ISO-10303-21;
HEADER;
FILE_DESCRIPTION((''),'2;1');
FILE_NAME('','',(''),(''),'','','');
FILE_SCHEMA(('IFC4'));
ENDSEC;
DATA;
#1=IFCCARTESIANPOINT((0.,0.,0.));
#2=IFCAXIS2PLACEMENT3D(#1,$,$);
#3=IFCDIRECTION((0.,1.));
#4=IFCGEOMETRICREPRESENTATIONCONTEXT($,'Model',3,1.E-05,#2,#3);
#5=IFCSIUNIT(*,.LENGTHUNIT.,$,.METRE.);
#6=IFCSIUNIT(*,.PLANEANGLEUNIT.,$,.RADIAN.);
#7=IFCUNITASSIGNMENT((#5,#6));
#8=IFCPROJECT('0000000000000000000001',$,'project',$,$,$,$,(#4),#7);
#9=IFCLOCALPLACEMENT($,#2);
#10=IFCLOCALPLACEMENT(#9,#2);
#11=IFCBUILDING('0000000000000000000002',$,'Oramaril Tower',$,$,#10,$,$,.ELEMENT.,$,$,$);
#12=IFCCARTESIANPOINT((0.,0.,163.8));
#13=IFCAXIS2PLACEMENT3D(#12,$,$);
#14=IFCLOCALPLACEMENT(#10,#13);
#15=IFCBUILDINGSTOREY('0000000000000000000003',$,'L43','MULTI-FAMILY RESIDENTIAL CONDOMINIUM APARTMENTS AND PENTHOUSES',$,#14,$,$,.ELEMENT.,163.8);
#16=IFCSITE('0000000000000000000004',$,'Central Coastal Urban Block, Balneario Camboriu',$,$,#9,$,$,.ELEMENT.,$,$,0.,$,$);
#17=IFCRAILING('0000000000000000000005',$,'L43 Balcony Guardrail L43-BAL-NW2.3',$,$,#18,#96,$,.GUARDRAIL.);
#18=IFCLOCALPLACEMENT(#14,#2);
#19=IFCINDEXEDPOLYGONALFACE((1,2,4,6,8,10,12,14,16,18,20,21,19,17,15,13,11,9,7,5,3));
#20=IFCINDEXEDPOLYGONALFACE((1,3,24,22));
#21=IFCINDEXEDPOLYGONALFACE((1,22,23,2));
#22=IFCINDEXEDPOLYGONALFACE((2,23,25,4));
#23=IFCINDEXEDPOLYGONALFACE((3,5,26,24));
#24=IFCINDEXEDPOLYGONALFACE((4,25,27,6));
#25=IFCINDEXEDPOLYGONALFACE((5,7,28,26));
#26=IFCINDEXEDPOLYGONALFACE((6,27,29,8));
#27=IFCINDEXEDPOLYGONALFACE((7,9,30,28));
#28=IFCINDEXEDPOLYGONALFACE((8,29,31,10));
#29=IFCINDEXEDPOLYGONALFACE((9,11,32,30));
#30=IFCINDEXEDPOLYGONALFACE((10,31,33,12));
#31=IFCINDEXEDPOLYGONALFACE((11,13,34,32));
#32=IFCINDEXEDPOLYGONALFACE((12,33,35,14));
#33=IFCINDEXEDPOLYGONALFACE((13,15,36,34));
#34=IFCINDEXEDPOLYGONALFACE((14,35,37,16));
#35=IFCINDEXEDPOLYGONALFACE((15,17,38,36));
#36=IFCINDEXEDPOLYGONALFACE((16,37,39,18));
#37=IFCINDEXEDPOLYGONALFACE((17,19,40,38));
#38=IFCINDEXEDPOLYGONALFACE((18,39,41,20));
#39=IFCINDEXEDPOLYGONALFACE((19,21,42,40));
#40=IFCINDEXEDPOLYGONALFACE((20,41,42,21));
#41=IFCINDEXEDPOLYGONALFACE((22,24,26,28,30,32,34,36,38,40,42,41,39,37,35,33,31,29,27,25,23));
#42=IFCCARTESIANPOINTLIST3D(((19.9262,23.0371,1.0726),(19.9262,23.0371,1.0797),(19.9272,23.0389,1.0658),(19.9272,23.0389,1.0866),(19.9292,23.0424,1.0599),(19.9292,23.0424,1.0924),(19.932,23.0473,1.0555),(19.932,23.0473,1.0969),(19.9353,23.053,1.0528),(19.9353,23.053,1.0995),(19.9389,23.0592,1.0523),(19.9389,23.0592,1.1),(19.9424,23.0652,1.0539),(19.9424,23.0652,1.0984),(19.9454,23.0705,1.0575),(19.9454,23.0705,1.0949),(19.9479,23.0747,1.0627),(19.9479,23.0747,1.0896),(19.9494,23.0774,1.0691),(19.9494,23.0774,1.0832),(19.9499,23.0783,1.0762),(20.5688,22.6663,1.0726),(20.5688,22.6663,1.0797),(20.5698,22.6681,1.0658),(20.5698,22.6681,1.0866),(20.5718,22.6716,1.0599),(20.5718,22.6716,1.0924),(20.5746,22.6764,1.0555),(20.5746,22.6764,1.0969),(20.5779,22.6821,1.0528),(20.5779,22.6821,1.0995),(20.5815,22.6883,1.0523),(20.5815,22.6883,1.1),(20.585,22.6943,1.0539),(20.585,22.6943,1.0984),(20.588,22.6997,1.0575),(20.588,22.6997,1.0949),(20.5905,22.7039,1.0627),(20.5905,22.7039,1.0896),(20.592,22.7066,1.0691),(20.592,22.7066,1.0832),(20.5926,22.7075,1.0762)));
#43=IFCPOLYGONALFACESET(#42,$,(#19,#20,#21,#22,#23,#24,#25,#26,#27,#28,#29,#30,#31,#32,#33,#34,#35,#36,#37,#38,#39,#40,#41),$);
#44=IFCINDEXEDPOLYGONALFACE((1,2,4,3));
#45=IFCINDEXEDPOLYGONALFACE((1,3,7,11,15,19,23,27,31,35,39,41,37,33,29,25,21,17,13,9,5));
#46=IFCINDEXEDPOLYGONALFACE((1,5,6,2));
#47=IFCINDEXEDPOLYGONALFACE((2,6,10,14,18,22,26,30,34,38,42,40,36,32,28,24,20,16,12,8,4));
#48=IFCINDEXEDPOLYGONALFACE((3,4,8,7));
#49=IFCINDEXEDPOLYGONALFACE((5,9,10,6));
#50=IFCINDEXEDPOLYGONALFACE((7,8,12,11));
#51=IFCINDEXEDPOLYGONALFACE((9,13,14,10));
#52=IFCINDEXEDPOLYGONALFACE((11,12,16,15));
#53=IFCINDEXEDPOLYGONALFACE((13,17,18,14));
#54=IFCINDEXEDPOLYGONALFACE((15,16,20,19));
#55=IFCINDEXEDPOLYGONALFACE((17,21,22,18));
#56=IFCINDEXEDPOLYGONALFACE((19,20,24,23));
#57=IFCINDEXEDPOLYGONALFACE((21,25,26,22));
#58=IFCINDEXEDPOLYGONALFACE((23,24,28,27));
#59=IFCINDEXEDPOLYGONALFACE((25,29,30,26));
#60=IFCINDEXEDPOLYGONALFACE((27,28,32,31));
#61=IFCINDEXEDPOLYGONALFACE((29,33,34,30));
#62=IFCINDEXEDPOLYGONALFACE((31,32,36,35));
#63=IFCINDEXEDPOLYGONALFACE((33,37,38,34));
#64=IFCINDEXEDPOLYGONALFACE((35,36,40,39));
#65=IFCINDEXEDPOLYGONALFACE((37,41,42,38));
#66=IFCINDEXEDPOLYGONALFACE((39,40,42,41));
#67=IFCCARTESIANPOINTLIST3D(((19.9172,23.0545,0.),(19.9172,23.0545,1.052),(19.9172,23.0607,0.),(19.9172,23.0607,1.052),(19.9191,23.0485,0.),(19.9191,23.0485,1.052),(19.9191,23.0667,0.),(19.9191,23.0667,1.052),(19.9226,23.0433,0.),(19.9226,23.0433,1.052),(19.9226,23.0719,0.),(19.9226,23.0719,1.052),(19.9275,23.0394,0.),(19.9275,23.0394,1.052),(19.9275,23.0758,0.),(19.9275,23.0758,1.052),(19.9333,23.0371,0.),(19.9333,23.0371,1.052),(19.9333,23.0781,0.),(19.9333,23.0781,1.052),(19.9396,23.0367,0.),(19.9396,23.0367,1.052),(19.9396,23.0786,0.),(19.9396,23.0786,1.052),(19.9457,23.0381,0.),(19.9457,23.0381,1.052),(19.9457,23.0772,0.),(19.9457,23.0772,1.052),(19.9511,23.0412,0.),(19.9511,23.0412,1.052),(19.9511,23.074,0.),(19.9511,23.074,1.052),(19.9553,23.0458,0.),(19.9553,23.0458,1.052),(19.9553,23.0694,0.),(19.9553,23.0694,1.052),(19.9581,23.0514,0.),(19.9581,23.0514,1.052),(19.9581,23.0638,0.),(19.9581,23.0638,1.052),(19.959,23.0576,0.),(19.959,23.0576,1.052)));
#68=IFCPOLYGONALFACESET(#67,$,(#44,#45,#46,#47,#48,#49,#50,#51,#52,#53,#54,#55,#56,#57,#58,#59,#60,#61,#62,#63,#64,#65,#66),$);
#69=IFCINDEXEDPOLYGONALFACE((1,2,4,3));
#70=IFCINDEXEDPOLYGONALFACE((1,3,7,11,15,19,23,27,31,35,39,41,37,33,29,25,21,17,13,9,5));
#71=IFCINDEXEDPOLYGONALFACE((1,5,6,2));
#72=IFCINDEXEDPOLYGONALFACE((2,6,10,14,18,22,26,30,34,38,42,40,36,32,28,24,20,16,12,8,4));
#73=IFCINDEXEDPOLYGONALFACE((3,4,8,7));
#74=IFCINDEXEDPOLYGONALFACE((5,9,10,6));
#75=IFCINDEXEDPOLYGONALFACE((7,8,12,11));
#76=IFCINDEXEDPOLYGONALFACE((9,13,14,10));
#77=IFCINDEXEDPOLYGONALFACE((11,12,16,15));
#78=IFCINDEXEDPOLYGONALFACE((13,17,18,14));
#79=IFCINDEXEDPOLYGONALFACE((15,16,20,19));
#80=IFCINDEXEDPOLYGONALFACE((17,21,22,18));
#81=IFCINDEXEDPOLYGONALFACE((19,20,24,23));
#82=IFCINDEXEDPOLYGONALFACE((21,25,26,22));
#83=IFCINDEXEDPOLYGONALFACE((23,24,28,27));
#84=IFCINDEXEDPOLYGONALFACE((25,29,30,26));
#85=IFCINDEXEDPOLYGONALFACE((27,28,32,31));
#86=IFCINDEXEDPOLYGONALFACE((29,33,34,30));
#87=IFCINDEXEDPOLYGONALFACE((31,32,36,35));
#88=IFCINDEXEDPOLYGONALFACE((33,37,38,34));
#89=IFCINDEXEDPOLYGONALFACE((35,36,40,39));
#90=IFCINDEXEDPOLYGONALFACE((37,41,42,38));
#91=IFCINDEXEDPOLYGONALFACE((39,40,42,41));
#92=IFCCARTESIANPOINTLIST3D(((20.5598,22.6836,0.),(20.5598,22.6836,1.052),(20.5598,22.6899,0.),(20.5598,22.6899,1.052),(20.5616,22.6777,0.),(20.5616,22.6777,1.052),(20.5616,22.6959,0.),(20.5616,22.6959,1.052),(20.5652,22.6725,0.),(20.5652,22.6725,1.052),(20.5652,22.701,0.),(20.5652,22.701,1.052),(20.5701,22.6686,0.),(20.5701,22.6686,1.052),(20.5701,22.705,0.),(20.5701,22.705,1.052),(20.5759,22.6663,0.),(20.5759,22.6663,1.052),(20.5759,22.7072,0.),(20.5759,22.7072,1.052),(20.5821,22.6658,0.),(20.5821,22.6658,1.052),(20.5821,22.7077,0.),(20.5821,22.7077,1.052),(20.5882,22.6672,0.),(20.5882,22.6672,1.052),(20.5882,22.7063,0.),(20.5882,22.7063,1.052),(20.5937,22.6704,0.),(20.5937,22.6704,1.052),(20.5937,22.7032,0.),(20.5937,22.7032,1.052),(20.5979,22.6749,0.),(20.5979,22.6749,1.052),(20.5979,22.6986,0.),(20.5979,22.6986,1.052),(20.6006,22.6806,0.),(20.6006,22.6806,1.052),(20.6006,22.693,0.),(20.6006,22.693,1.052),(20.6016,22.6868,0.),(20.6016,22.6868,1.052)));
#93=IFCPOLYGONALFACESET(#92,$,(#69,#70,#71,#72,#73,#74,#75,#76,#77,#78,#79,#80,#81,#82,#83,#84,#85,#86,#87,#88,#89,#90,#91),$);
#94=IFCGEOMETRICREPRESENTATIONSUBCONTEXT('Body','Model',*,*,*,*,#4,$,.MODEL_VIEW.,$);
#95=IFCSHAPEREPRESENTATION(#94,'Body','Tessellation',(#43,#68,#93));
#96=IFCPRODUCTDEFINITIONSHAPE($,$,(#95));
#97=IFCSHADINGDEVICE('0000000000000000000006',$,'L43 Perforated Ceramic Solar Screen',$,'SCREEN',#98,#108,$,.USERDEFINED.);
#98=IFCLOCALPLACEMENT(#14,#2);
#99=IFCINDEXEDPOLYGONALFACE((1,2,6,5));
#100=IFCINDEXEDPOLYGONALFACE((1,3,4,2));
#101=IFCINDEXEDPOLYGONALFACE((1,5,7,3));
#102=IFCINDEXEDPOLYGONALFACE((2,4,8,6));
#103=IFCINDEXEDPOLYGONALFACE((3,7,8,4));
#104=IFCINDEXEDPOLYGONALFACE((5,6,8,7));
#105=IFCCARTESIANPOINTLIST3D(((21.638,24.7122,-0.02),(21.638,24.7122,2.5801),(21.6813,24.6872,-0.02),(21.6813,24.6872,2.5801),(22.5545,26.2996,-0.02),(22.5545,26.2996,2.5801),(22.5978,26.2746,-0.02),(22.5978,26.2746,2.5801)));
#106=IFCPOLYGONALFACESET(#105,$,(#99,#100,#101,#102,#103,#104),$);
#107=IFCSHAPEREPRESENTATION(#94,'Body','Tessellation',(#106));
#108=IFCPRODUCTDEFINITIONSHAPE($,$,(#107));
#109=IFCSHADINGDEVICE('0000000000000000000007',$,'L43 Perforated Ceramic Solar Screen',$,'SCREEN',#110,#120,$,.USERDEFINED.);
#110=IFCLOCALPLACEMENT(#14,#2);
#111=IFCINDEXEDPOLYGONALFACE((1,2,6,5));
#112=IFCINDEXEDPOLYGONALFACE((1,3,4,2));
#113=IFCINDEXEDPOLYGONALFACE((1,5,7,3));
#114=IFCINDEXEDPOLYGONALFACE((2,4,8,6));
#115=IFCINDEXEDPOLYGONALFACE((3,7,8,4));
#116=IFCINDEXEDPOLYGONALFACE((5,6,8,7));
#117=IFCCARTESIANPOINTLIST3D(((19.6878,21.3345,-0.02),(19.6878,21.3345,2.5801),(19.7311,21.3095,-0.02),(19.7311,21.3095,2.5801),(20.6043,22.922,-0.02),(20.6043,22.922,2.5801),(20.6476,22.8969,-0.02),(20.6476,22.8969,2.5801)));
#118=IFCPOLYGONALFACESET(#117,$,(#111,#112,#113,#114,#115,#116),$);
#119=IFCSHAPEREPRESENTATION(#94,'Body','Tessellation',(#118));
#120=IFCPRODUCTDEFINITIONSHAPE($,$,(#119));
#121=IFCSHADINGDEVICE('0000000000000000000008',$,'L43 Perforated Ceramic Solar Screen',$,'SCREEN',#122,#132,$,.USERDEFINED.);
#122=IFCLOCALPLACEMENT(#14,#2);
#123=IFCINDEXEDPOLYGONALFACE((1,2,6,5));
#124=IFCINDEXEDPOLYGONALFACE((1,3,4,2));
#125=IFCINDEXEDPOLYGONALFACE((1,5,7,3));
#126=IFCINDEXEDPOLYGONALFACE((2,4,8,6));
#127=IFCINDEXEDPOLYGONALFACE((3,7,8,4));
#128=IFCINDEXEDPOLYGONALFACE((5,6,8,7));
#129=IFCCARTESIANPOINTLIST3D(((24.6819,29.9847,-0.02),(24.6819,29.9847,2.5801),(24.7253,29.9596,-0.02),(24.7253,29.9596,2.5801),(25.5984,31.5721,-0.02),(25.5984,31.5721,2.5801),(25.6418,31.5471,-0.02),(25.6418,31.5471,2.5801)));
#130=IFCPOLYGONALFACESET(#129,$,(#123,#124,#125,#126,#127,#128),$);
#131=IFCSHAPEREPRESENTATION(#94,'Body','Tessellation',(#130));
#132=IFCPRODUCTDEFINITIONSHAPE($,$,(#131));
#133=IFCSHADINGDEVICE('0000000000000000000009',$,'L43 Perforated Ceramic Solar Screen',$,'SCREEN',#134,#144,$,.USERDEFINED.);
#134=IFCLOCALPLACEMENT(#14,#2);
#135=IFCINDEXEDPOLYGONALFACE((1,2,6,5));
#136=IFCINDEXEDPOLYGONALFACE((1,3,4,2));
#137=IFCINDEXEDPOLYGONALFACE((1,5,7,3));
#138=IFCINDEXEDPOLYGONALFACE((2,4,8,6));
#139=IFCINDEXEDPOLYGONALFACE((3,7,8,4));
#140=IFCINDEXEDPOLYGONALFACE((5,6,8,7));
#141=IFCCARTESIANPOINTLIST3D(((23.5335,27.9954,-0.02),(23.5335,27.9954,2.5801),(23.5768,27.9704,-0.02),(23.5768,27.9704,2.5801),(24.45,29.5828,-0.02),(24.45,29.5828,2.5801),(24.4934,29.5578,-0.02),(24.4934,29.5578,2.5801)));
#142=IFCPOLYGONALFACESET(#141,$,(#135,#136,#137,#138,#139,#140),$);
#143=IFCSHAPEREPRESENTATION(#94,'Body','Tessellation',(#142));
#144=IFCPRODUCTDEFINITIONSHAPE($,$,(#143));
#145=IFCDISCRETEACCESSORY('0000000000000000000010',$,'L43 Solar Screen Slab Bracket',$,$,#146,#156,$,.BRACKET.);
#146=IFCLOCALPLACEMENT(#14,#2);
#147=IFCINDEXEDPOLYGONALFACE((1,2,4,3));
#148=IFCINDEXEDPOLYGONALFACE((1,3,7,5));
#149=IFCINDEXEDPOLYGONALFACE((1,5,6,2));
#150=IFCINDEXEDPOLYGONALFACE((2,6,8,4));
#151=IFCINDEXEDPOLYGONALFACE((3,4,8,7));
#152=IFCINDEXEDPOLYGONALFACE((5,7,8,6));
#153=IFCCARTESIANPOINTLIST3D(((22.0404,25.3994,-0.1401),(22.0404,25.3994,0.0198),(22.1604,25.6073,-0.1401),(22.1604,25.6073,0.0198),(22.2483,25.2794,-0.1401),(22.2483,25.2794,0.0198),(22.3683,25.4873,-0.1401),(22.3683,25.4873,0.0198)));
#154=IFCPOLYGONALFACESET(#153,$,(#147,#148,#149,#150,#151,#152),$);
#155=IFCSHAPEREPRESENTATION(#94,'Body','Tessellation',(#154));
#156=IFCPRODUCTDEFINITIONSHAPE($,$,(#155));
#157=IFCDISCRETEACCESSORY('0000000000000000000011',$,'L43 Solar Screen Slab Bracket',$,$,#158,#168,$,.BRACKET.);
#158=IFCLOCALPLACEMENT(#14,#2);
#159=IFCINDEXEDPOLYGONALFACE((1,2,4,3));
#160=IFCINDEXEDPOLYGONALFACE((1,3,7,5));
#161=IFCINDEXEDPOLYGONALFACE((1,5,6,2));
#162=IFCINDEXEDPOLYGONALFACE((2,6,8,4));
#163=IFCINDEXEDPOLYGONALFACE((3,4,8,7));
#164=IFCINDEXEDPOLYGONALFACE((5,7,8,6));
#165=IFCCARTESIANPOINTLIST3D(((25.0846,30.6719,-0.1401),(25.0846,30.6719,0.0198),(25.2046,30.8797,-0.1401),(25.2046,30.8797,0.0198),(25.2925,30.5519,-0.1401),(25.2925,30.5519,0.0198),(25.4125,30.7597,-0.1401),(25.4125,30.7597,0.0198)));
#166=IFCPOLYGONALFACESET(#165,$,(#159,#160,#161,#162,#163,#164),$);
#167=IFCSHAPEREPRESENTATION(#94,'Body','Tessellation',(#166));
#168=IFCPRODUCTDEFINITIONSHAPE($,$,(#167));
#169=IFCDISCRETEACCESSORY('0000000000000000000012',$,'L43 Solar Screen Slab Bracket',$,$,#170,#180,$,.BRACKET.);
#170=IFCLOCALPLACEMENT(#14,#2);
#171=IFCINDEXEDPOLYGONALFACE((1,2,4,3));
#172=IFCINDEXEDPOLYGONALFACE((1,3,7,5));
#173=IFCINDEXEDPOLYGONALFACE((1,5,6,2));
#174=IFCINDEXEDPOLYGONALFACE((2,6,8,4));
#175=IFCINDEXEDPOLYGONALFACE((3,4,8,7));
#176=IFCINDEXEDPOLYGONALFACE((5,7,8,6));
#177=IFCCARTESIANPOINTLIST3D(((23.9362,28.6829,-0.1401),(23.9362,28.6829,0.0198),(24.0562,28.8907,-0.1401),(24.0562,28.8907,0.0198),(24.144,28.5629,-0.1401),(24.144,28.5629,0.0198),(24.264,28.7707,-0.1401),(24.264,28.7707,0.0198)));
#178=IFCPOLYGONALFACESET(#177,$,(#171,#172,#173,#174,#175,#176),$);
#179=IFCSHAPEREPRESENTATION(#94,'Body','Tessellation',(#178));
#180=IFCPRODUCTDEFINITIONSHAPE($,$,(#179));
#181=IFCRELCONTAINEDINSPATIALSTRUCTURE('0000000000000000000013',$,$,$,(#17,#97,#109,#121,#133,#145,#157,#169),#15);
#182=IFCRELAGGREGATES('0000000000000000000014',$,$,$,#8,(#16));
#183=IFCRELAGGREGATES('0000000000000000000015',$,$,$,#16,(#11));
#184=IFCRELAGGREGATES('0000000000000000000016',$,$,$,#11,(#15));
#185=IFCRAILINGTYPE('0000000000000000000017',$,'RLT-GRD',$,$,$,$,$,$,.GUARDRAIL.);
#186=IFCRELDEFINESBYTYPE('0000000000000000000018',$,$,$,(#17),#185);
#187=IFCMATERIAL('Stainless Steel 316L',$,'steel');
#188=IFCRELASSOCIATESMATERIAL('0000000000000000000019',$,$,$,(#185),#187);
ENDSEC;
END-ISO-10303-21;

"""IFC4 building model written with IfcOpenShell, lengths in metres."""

from ifc_helpers import new_model, si_unit, direction, frame, origin, origin_2d, place, context, subcontext, project, spatial, rectangle, circle, extrude, material, type_object, element, save


model = new_model("IFC4")

# Units and contexts
model_context = context("Model", 3, precision=1e-05, world=origin(), true_north=direction((0.0, 1.0)))
body_context = subcontext(model_context, "Body", "Model", "MODEL_VIEW")
ifc_project = project(units=[si_unit("LENGTHUNIT", "METRE"), si_unit("PLANEANGLEUNIT", "RADIAN")], contexts=[model_context])

# Site, building, storey
site_placement = place(None, origin())
site = spatial("IfcSite", under=ifc_project, at=site_placement, Name="Central Coastal Urban Block, Balneario Camboriu", CompositionType="ELEMENT", RefElevation=0.0)
building_placement = place(site_placement, origin())
building = spatial("IfcBuilding", under=site, at=building_placement, Name="Oramaril Tower", CompositionType="ELEMENT")
storey_placement = place(building_placement, frame((0.0, 0.0, 163.8)))
storey = spatial("IfcBuildingStorey", under=building, at=storey_placement, Name="L43", Description="MULTI-FAMILY RESIDENTIAL CONDOMINIUM APARTMENTS AND PENTHOUSES", CompositionType="ELEMENT", Elevation=163.8)

# Railing
ifc_material_1 = material(Name="Stainless Steel 316L", Category="steel")
railing_type = type_object("IfcRailingType", Name="RLT-GRD", PredefinedType="GUARDRAIL", material=ifc_material_1)
railing_placement = place(storey_placement, frame((19.938, 23.0576, 0.0)))
element("IfcRailing", 1, at=railing_placement, inside=storey, type_object=railing_type, Name="L43 Balcony Guardrail L43-BAL-NW2.3", PredefinedType="GUARDRAIL", context=body_context, shape_type="SweptSolid", body=[
    extrude(circle(Radius=0.0239, at=origin_2d()), frame((0.0, 0.0, 1.0762), z_axis=(0.866109, -0.499855, 0.0), x_axis=(0.499855, 0.866109, 0.0)), (0.0, 0.0, 1.0), 0.7419),
    extrude(circle(Radius=0.021, at=origin_2d()), origin(), (0.0, 0.0, 1.0), 1.052),
    extrude(circle(Radius=0.021, at=origin_2d()), frame((0.6426, -0.3708, 0.0)), (0.0, 0.0, 1.0), 1.052),
])

# Shading devices
for number, where, z_axis, x_axis, name in (
    (2, (22.1179, 25.4934, -0.02), (0.0, 0.0, 1.0), (-0.5, -0.866025, 0.0), "L43 Perforated Ceramic Solar Screen"),
    (3, (20.1677, 22.1157, -0.02), (0.0, 0.0, 1.0), (-0.5, -0.866025, 0.0), "L43 Perforated Ceramic Solar Screen"),
    (4, (25.1619, 30.7659, -0.02), (0.0, 0.0, 1.0), (-0.5, -0.866025, 0.0), "L43 Perforated Ceramic Solar Screen"),
    (5, (24.0134, 28.7766, -0.02), (0.0, 0.0, 1.0), (-0.5, -0.866025, 0.0), "L43 Perforated Ceramic Solar Screen"),
):
    element("IfcShadingDevice", number, at=place(storey_placement, frame(where, z_axis=z_axis, x_axis=x_axis)), inside=storey, Name=name, ObjectType="SCREEN", PredefinedType="USERDEFINED", context=body_context, shape_type="SweptSolid", body=[
        extrude(rectangle(XDim=1.833, YDim=0.05, at=origin_2d()), origin(), (0.0, 0.0, 1.0), 2.6001),
    ])

# Discrete accessories
for number, where, z_axis, x_axis, name in (
    (6, (22.2043, 25.4434, -0.1401), (0.0, 0.0, 1.0), (-0.5, -0.866025, 0.0), "L43 Solar Screen Slab Bracket"),
    (7, (25.2485, 30.7158, -0.1401), (0.0, 0.0, 1.0), (-0.5, -0.866025, 0.0), "L43 Solar Screen Slab Bracket"),
    (8, (24.1001, 28.7268, -0.1401), (0.0, 0.0, 1.0), (-0.5, -0.866025, 0.0), "L43 Solar Screen Slab Bracket"),
):
    element("IfcDiscreteAccessory", number, at=place(storey_placement, frame(where, z_axis=z_axis, x_axis=x_axis)), inside=storey, Name=name, PredefinedType="BRACKET", context=body_context, shape_type="SweptSolid", body=[
        extrude(rectangle(XDim=0.24, YDim=0.24, at=origin_2d()), origin(), (0.0, 0.0, 1.0), 0.1599),
    ])

save(model, "model.ifc")
